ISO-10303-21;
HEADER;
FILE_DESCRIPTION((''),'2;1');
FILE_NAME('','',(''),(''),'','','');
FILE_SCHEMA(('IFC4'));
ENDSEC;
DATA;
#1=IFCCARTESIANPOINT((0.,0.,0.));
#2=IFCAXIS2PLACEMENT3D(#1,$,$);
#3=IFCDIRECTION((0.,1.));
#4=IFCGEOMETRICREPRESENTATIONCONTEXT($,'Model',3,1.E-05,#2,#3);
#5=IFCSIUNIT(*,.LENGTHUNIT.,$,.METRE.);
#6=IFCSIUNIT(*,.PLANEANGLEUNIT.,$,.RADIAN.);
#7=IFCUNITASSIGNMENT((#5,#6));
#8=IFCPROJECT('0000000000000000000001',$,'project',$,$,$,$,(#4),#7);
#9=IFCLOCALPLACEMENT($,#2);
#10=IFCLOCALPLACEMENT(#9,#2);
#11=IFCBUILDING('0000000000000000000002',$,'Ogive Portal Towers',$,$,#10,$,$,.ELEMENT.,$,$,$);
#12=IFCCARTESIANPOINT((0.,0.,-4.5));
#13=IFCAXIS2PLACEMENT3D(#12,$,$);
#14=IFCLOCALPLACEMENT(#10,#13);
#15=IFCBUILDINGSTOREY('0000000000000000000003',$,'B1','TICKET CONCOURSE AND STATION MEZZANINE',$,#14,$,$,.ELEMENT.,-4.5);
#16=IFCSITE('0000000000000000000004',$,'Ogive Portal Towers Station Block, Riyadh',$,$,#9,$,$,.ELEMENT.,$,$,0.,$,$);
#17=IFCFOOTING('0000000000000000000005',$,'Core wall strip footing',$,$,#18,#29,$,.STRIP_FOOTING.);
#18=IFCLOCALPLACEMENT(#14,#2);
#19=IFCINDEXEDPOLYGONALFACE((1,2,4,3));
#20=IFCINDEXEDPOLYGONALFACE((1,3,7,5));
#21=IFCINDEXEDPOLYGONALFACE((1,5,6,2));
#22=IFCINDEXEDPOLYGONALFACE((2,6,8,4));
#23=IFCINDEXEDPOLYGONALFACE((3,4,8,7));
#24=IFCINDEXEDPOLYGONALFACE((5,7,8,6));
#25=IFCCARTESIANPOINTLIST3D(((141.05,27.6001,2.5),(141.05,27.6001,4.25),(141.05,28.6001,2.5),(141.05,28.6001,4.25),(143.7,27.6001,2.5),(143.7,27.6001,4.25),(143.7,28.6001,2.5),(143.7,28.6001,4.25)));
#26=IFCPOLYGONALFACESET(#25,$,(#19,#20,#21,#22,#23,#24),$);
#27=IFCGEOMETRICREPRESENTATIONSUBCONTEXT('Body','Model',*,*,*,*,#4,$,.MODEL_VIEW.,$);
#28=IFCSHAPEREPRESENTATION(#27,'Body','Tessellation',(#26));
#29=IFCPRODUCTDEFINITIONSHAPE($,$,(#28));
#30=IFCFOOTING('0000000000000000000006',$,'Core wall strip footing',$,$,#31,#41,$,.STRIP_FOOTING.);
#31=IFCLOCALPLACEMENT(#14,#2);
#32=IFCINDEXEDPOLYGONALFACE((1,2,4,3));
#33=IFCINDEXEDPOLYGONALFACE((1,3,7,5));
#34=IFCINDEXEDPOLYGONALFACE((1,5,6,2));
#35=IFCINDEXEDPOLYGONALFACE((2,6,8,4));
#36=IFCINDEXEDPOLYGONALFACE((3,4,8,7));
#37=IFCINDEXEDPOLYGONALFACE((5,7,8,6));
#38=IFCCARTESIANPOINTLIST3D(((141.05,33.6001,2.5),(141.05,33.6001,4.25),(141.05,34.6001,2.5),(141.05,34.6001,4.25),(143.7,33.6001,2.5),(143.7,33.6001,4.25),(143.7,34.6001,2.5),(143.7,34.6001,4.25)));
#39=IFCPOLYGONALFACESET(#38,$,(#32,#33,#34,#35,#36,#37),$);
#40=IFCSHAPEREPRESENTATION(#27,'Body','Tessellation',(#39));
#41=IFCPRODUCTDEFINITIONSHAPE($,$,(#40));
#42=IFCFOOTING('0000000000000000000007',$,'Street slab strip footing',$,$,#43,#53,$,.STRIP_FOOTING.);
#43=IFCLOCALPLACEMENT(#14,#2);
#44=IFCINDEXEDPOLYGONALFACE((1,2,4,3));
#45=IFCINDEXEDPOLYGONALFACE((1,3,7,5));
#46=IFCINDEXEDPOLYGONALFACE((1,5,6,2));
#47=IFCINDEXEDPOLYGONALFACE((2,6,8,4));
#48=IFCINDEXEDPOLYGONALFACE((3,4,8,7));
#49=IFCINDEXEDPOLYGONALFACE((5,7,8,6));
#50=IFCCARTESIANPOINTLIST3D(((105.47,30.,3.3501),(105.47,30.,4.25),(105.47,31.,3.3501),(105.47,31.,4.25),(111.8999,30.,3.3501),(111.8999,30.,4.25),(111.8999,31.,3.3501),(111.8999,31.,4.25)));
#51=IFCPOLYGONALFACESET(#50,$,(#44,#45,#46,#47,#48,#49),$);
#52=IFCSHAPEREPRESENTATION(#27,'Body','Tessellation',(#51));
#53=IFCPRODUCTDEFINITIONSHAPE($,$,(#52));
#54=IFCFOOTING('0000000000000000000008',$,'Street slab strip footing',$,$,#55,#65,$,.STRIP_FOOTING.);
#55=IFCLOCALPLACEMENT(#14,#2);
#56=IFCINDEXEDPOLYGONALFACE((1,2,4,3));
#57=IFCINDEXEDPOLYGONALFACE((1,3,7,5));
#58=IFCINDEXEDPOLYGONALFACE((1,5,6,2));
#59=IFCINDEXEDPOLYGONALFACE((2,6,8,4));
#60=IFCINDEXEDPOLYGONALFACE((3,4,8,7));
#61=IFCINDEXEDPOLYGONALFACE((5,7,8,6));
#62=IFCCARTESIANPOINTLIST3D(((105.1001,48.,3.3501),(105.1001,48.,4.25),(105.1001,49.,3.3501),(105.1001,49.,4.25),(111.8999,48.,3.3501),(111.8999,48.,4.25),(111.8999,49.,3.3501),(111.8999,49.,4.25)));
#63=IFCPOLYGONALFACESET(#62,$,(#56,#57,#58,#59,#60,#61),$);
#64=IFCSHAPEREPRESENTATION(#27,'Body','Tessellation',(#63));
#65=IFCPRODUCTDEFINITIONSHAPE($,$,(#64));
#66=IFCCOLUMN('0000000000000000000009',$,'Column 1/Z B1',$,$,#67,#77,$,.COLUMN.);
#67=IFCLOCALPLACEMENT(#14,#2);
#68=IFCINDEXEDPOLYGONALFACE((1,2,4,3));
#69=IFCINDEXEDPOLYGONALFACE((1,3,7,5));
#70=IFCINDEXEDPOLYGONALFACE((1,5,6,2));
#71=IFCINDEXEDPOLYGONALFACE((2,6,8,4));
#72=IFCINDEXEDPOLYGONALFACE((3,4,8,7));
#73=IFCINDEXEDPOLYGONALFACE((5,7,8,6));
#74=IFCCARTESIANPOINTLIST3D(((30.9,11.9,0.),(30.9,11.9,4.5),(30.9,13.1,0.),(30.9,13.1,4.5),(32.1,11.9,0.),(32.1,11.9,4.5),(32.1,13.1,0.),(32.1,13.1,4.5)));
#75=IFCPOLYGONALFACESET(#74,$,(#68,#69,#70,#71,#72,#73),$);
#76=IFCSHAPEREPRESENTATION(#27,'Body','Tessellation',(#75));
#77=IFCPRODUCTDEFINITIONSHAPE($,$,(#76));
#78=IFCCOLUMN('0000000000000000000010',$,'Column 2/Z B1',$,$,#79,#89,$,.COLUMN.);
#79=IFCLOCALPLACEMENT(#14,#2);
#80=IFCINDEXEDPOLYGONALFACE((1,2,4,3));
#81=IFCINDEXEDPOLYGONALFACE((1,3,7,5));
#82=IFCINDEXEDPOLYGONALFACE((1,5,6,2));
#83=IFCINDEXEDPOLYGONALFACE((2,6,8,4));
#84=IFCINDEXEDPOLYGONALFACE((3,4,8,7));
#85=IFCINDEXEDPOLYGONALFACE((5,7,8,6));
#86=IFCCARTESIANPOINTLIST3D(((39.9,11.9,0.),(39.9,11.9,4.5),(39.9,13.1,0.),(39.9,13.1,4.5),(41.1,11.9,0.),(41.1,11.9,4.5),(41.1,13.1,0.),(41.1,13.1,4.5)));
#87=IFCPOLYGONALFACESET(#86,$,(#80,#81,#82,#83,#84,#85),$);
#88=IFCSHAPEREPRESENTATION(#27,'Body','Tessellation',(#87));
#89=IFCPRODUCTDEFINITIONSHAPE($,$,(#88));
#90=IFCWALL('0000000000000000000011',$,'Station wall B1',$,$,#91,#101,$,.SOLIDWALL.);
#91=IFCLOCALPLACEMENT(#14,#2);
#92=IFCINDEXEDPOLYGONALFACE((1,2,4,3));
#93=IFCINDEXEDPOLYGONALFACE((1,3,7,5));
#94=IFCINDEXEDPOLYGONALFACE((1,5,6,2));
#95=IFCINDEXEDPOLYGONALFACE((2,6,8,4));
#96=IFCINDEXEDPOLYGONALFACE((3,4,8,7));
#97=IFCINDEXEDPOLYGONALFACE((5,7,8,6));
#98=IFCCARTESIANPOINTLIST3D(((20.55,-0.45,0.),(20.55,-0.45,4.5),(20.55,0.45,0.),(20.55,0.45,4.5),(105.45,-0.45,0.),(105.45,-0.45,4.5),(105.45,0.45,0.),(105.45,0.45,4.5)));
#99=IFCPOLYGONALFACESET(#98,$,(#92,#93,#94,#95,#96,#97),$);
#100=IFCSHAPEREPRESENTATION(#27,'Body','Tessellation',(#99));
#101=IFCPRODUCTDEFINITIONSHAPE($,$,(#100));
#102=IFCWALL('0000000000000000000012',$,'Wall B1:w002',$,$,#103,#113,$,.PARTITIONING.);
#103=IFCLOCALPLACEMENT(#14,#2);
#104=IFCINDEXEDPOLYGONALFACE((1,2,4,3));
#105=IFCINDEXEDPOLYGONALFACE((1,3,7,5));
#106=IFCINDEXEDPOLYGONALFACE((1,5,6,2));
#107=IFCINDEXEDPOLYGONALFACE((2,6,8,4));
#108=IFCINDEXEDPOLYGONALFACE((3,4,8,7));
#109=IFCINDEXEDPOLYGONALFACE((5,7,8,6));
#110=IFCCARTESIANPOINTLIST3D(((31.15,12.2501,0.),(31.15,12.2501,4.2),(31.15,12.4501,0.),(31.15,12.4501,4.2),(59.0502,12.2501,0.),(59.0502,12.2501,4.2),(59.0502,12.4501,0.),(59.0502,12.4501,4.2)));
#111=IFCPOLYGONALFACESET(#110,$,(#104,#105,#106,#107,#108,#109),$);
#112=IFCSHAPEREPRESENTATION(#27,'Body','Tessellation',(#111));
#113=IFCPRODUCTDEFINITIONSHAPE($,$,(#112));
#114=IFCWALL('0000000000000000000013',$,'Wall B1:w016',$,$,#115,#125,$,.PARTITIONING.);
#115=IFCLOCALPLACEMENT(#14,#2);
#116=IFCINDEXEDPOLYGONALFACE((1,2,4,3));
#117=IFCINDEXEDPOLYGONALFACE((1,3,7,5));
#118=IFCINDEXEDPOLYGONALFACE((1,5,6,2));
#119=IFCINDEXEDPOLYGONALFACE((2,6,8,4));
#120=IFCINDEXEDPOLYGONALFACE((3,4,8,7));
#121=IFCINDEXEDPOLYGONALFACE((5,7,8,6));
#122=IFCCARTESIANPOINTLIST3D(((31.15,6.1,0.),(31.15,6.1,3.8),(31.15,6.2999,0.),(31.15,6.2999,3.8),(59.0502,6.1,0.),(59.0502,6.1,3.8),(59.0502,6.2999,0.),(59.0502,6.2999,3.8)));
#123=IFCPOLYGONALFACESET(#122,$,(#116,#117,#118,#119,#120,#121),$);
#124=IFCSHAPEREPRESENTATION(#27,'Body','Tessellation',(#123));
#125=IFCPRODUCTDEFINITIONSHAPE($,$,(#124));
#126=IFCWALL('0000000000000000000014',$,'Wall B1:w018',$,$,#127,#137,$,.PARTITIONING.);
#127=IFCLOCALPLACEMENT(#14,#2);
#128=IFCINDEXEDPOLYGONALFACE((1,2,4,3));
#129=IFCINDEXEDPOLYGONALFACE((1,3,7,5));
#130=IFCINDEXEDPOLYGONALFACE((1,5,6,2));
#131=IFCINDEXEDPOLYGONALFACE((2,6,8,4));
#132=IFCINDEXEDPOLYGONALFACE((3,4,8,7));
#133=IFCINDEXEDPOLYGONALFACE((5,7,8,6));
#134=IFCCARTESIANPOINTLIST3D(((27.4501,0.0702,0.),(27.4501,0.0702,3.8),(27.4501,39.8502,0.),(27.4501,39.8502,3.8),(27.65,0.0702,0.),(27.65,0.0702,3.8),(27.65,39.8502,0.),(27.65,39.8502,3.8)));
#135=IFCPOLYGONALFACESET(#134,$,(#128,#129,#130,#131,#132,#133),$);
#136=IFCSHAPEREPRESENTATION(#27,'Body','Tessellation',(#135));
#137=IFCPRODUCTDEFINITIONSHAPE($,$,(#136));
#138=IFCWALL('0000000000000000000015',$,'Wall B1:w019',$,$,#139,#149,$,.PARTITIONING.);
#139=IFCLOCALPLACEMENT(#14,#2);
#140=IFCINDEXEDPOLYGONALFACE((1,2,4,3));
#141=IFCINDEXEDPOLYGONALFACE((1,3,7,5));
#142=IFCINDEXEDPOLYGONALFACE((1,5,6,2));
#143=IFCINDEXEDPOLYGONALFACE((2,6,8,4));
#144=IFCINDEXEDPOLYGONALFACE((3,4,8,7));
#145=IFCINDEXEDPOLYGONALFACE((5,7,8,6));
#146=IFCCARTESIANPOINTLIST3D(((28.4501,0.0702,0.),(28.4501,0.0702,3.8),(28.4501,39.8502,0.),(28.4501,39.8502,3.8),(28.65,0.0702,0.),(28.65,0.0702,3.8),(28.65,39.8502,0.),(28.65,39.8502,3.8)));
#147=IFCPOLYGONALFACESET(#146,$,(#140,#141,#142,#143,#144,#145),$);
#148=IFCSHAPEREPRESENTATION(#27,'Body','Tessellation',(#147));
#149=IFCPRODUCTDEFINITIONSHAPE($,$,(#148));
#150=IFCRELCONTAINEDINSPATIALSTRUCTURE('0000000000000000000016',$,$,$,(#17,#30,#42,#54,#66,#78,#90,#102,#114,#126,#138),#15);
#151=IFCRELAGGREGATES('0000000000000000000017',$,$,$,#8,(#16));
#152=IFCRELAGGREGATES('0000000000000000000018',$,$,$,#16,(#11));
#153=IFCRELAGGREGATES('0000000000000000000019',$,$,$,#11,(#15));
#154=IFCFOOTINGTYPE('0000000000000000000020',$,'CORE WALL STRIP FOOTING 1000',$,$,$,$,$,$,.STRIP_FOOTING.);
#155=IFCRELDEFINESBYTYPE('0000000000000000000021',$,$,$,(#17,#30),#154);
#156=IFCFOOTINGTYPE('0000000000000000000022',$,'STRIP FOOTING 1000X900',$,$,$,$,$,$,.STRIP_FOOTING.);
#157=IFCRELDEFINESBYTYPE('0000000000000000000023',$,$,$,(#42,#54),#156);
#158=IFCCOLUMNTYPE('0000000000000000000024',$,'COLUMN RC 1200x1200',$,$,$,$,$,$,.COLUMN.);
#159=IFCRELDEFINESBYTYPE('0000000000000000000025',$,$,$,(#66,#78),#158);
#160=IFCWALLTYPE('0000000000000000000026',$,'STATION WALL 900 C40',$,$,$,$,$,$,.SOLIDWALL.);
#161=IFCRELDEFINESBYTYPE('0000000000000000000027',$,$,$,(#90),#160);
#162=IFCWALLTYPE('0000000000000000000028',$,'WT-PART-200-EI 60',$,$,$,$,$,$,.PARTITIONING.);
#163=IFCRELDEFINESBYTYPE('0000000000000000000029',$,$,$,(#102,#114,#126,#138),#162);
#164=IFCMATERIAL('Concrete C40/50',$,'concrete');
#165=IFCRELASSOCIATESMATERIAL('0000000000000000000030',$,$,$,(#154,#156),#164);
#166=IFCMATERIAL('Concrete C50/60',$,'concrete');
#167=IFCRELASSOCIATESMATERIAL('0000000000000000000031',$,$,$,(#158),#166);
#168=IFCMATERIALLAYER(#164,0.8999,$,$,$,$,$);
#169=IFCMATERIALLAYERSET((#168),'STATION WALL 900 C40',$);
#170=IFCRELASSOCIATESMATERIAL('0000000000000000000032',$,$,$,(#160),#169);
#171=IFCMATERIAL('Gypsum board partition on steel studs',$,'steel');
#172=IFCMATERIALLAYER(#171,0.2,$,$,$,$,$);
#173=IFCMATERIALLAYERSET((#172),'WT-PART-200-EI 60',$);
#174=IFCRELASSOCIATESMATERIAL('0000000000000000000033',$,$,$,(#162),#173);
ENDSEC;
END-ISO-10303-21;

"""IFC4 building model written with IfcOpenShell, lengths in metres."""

from ifc_helpers import new_model, si_unit, direction, frame, frame_2d, origin, origin_2d, place, context, subcontext, project, spatial, polyline, rectangle, outline, extrude, material, layer, layer_set, material_profile, profile_set, type_object, element, save


model = new_model("IFC4")

# Units and contexts
model_context = context("Model", 3, precision=1e-05, world=origin(), true_north=direction((0.0, 1.0)))
body_context = subcontext(model_context, "Body", "Model", "MODEL_VIEW")
ifc_project = project(units=[si_unit("LENGTHUNIT", "METRE"), si_unit("PLANEANGLEUNIT", "RADIAN")], contexts=[model_context])

# Site, building, storey
site_placement = place(None, origin())
site = spatial("IfcSite", under=ifc_project, at=site_placement, Name="Ogive Portal Towers Station Block, Riyadh", CompositionType="ELEMENT", RefElevation=0.0)
building_placement = place(site_placement, origin())
building = spatial("IfcBuilding", under=site, at=building_placement, Name="Ogive Portal Towers", CompositionType="ELEMENT")
storey_placement = place(building_placement, frame((0.0, 0.0, -4.5)))
storey = spatial("IfcBuildingStorey", under=building, at=storey_placement, Name="B1", Description="TICKET CONCOURSE AND STATION MEZZANINE", CompositionType="ELEMENT", Elevation=-4.5)

# Footings
ifc_material_1 = material(Name="Concrete C40/50", Category="concrete")
footing_type_1 = type_object("IfcFootingType", Name="CORE WALL STRIP FOOTING 1000", PredefinedType="STRIP_FOOTING", material=ifc_material_1)
footing_1_placement = place(storey_placement, frame((0.0, 0.0, 2.5)))
element("IfcFooting", 1, at=footing_1_placement, inside=storey, type_object=footing_type_1, Name="Core wall strip footing", PredefinedType="STRIP_FOOTING", context=body_context, shape_type="SweptSolid", body=[
    extrude(outline(polyline([(143.7, 27.6001), (143.7, 28.6001), (141.05, 28.6001), (141.05, 27.6001), (143.7, 27.6001)])), origin(), (0.0, 0.0, 1.0), 1.75),
])
footing_2_placement = place(storey_placement, frame((0.0, 0.0, 2.5)))
element("IfcFooting", 2, at=footing_2_placement, inside=storey, type_object=footing_type_1, Name="Core wall strip footing", PredefinedType="STRIP_FOOTING", context=body_context, shape_type="SweptSolid", body=[
    extrude(outline(polyline([(143.7, 33.6001), (143.7, 34.6001), (141.05, 34.6001), (141.05, 33.6001), (143.7, 33.6001)])), origin(), (0.0, 0.0, 1.0), 1.75),
])
footing_type_2 = type_object("IfcFootingType", Name="STRIP FOOTING 1000X900", PredefinedType="STRIP_FOOTING", material=ifc_material_1)
footing_3_placement = place(storey_placement, frame((0.0, 0.0, 3.3501)))
element("IfcFooting", 3, at=footing_3_placement, inside=storey, type_object=footing_type_2, Name="Street slab strip footing", PredefinedType="STRIP_FOOTING", context=body_context, shape_type="SweptSolid", body=[
    extrude(outline(polyline([(111.8999, 31.0), (105.47, 31.0), (105.47, 30.0), (111.8999, 30.0), (111.8999, 31.0)])), origin(), (0.0, 0.0, 1.0), 0.8999),
])
footing_4_placement = place(storey_placement, frame((0.0, 0.0, 3.3501)))
element("IfcFooting", 4, at=footing_4_placement, inside=storey, type_object=footing_type_2, Name="Street slab strip footing", PredefinedType="STRIP_FOOTING", context=body_context, shape_type="SweptSolid", body=[
    extrude(outline(polyline([(105.1001, 49.0), (105.1001, 48.0), (111.8999, 48.0), (111.8999, 49.0), (105.1001, 49.0)])), origin(), (0.0, 0.0, 1.0), 0.8999),
])

# Columns
ifc_material_2 = material(Name="Concrete C50/60", Category="concrete")
ifc_material_profile = material_profile(ifc_material_2, rectangle(XDim=1.2, YDim=1.2, at=origin_2d()), Name="RC 1200x1200")
ifc_profile_set = profile_set([ifc_material_profile], Name="Concrete C50/60")
column_type = type_object("IfcColumnType", Name="COLUMN RC 1200x1200", PredefinedType="COLUMN", material=ifc_profile_set)
for number, where, z_axis, x_axis, name in (
    (5, (31.5, 12.5, 0.0), (0.0, 0.0, 1.0), (1.0, 0.0, 0.0), "Column 1/Z B1"),
    (6, (40.5, 12.5, 0.0), (0.0, 0.0, 1.0), (1.0, 0.0, 0.0), "Column 2/Z B1"),
):
    element("IfcColumn", number, at=place(storey_placement, frame(where, z_axis=z_axis, x_axis=x_axis)), inside=storey, type_object=column_type, Name=name, PredefinedType="COLUMN", context=body_context, shape_type="SweptSolid", body=[
        extrude(rectangle(XDim=1.2, YDim=1.2, at=origin_2d()), origin(), (0.0, 0.0, 1.0), 4.5),
    ])

# Walls
ifc_layer_1 = layer(ifc_material_1, 0.8999)
ifc_layer_set_1 = layer_set([ifc_layer_1], Name="STATION WALL 900 C40")
wall_type_1 = type_object("IfcWallType", Name="STATION WALL 900 C40", PredefinedType="SOLIDWALL", material=ifc_layer_set_1)
wall_1_placement = place(storey_placement, frame((20.55, 0.0, 0.0), z_axis=(0.0, 0.0, 1.0), x_axis=(1.0, 0.0, 0.0)))
element("IfcWall", 7, at=wall_1_placement, inside=storey, type_object=wall_type_1, Name="Station wall B1", PredefinedType="SOLIDWALL", context=body_context, shape_type="SweptSolid", body=[
    extrude(rectangle(XDim=84.8999, YDim=0.8999, at=frame_2d((42.45, 0.0))), origin(), (0.0, 0.0, 1.0), 4.5),
])
ifc_material_3 = material(Name="Gypsum board partition on steel studs", Category="steel")
ifc_layer_2 = layer(ifc_material_3, 0.2)
ifc_layer_set_2 = layer_set([ifc_layer_2], Name="WT-PART-200-EI 60")
wall_type_2 = type_object("IfcWallType", Name="WT-PART-200-EI 60", PredefinedType="PARTITIONING", material=ifc_layer_set_2)
wall_2_placement = place(storey_placement, frame((31.1499, 12.3501, 0.0), z_axis=(0.0, 0.0, 1.0), x_axis=(1.0, 0.0, 0.0)))
element("IfcWall", 8, at=wall_2_placement, inside=storey, type_object=wall_type_2, Name="Wall B1:w002", PredefinedType="PARTITIONING", context=body_context, shape_type="SweptSolid", body=[
    extrude(rectangle(XDim=27.9001, YDim=0.2, at=frame_2d((13.9502, 0.0))), origin(), (0.0, 0.0, 1.0), 4.2),
])
wall_3_placement = place(storey_placement, frame((31.1499, 6.2, 0.0), z_axis=(0.0, 0.0, 1.0), x_axis=(1.0, 0.0, 0.0)))
element("IfcWall", 9, at=wall_3_placement, inside=storey, type_object=wall_type_2, Name="Wall B1:w016", PredefinedType="PARTITIONING", context=body_context, shape_type="SweptSolid", body=[
    extrude(rectangle(XDim=27.9001, YDim=0.2, at=frame_2d((13.9502, 0.0))), origin(), (0.0, 0.0, 1.0), 3.8),
])
for number, where, z_axis, x_axis, name in (
    (10, (27.55, 0.0701, 0.0), (0.0, 0.0, 1.0), (0.0, 1.0, 0.0), "Wall B1:w018"),
    (11, (28.55, 0.0701, 0.0), (0.0, 0.0, 1.0), (0.0, 1.0, 0.0), "Wall B1:w019"),
):
    element("IfcWall", number, at=place(storey_placement, frame(where, z_axis=z_axis, x_axis=x_axis)), inside=storey, type_object=wall_type_2, Name=name, PredefinedType="PARTITIONING", context=body_context, shape_type="SweptSolid", body=[
        extrude(rectangle(XDim=39.78, YDim=0.2, at=frame_2d((19.8901, 0.0))), origin(), (0.0, 0.0, 1.0), 3.8),
    ])

save(model, "model.ifc")
